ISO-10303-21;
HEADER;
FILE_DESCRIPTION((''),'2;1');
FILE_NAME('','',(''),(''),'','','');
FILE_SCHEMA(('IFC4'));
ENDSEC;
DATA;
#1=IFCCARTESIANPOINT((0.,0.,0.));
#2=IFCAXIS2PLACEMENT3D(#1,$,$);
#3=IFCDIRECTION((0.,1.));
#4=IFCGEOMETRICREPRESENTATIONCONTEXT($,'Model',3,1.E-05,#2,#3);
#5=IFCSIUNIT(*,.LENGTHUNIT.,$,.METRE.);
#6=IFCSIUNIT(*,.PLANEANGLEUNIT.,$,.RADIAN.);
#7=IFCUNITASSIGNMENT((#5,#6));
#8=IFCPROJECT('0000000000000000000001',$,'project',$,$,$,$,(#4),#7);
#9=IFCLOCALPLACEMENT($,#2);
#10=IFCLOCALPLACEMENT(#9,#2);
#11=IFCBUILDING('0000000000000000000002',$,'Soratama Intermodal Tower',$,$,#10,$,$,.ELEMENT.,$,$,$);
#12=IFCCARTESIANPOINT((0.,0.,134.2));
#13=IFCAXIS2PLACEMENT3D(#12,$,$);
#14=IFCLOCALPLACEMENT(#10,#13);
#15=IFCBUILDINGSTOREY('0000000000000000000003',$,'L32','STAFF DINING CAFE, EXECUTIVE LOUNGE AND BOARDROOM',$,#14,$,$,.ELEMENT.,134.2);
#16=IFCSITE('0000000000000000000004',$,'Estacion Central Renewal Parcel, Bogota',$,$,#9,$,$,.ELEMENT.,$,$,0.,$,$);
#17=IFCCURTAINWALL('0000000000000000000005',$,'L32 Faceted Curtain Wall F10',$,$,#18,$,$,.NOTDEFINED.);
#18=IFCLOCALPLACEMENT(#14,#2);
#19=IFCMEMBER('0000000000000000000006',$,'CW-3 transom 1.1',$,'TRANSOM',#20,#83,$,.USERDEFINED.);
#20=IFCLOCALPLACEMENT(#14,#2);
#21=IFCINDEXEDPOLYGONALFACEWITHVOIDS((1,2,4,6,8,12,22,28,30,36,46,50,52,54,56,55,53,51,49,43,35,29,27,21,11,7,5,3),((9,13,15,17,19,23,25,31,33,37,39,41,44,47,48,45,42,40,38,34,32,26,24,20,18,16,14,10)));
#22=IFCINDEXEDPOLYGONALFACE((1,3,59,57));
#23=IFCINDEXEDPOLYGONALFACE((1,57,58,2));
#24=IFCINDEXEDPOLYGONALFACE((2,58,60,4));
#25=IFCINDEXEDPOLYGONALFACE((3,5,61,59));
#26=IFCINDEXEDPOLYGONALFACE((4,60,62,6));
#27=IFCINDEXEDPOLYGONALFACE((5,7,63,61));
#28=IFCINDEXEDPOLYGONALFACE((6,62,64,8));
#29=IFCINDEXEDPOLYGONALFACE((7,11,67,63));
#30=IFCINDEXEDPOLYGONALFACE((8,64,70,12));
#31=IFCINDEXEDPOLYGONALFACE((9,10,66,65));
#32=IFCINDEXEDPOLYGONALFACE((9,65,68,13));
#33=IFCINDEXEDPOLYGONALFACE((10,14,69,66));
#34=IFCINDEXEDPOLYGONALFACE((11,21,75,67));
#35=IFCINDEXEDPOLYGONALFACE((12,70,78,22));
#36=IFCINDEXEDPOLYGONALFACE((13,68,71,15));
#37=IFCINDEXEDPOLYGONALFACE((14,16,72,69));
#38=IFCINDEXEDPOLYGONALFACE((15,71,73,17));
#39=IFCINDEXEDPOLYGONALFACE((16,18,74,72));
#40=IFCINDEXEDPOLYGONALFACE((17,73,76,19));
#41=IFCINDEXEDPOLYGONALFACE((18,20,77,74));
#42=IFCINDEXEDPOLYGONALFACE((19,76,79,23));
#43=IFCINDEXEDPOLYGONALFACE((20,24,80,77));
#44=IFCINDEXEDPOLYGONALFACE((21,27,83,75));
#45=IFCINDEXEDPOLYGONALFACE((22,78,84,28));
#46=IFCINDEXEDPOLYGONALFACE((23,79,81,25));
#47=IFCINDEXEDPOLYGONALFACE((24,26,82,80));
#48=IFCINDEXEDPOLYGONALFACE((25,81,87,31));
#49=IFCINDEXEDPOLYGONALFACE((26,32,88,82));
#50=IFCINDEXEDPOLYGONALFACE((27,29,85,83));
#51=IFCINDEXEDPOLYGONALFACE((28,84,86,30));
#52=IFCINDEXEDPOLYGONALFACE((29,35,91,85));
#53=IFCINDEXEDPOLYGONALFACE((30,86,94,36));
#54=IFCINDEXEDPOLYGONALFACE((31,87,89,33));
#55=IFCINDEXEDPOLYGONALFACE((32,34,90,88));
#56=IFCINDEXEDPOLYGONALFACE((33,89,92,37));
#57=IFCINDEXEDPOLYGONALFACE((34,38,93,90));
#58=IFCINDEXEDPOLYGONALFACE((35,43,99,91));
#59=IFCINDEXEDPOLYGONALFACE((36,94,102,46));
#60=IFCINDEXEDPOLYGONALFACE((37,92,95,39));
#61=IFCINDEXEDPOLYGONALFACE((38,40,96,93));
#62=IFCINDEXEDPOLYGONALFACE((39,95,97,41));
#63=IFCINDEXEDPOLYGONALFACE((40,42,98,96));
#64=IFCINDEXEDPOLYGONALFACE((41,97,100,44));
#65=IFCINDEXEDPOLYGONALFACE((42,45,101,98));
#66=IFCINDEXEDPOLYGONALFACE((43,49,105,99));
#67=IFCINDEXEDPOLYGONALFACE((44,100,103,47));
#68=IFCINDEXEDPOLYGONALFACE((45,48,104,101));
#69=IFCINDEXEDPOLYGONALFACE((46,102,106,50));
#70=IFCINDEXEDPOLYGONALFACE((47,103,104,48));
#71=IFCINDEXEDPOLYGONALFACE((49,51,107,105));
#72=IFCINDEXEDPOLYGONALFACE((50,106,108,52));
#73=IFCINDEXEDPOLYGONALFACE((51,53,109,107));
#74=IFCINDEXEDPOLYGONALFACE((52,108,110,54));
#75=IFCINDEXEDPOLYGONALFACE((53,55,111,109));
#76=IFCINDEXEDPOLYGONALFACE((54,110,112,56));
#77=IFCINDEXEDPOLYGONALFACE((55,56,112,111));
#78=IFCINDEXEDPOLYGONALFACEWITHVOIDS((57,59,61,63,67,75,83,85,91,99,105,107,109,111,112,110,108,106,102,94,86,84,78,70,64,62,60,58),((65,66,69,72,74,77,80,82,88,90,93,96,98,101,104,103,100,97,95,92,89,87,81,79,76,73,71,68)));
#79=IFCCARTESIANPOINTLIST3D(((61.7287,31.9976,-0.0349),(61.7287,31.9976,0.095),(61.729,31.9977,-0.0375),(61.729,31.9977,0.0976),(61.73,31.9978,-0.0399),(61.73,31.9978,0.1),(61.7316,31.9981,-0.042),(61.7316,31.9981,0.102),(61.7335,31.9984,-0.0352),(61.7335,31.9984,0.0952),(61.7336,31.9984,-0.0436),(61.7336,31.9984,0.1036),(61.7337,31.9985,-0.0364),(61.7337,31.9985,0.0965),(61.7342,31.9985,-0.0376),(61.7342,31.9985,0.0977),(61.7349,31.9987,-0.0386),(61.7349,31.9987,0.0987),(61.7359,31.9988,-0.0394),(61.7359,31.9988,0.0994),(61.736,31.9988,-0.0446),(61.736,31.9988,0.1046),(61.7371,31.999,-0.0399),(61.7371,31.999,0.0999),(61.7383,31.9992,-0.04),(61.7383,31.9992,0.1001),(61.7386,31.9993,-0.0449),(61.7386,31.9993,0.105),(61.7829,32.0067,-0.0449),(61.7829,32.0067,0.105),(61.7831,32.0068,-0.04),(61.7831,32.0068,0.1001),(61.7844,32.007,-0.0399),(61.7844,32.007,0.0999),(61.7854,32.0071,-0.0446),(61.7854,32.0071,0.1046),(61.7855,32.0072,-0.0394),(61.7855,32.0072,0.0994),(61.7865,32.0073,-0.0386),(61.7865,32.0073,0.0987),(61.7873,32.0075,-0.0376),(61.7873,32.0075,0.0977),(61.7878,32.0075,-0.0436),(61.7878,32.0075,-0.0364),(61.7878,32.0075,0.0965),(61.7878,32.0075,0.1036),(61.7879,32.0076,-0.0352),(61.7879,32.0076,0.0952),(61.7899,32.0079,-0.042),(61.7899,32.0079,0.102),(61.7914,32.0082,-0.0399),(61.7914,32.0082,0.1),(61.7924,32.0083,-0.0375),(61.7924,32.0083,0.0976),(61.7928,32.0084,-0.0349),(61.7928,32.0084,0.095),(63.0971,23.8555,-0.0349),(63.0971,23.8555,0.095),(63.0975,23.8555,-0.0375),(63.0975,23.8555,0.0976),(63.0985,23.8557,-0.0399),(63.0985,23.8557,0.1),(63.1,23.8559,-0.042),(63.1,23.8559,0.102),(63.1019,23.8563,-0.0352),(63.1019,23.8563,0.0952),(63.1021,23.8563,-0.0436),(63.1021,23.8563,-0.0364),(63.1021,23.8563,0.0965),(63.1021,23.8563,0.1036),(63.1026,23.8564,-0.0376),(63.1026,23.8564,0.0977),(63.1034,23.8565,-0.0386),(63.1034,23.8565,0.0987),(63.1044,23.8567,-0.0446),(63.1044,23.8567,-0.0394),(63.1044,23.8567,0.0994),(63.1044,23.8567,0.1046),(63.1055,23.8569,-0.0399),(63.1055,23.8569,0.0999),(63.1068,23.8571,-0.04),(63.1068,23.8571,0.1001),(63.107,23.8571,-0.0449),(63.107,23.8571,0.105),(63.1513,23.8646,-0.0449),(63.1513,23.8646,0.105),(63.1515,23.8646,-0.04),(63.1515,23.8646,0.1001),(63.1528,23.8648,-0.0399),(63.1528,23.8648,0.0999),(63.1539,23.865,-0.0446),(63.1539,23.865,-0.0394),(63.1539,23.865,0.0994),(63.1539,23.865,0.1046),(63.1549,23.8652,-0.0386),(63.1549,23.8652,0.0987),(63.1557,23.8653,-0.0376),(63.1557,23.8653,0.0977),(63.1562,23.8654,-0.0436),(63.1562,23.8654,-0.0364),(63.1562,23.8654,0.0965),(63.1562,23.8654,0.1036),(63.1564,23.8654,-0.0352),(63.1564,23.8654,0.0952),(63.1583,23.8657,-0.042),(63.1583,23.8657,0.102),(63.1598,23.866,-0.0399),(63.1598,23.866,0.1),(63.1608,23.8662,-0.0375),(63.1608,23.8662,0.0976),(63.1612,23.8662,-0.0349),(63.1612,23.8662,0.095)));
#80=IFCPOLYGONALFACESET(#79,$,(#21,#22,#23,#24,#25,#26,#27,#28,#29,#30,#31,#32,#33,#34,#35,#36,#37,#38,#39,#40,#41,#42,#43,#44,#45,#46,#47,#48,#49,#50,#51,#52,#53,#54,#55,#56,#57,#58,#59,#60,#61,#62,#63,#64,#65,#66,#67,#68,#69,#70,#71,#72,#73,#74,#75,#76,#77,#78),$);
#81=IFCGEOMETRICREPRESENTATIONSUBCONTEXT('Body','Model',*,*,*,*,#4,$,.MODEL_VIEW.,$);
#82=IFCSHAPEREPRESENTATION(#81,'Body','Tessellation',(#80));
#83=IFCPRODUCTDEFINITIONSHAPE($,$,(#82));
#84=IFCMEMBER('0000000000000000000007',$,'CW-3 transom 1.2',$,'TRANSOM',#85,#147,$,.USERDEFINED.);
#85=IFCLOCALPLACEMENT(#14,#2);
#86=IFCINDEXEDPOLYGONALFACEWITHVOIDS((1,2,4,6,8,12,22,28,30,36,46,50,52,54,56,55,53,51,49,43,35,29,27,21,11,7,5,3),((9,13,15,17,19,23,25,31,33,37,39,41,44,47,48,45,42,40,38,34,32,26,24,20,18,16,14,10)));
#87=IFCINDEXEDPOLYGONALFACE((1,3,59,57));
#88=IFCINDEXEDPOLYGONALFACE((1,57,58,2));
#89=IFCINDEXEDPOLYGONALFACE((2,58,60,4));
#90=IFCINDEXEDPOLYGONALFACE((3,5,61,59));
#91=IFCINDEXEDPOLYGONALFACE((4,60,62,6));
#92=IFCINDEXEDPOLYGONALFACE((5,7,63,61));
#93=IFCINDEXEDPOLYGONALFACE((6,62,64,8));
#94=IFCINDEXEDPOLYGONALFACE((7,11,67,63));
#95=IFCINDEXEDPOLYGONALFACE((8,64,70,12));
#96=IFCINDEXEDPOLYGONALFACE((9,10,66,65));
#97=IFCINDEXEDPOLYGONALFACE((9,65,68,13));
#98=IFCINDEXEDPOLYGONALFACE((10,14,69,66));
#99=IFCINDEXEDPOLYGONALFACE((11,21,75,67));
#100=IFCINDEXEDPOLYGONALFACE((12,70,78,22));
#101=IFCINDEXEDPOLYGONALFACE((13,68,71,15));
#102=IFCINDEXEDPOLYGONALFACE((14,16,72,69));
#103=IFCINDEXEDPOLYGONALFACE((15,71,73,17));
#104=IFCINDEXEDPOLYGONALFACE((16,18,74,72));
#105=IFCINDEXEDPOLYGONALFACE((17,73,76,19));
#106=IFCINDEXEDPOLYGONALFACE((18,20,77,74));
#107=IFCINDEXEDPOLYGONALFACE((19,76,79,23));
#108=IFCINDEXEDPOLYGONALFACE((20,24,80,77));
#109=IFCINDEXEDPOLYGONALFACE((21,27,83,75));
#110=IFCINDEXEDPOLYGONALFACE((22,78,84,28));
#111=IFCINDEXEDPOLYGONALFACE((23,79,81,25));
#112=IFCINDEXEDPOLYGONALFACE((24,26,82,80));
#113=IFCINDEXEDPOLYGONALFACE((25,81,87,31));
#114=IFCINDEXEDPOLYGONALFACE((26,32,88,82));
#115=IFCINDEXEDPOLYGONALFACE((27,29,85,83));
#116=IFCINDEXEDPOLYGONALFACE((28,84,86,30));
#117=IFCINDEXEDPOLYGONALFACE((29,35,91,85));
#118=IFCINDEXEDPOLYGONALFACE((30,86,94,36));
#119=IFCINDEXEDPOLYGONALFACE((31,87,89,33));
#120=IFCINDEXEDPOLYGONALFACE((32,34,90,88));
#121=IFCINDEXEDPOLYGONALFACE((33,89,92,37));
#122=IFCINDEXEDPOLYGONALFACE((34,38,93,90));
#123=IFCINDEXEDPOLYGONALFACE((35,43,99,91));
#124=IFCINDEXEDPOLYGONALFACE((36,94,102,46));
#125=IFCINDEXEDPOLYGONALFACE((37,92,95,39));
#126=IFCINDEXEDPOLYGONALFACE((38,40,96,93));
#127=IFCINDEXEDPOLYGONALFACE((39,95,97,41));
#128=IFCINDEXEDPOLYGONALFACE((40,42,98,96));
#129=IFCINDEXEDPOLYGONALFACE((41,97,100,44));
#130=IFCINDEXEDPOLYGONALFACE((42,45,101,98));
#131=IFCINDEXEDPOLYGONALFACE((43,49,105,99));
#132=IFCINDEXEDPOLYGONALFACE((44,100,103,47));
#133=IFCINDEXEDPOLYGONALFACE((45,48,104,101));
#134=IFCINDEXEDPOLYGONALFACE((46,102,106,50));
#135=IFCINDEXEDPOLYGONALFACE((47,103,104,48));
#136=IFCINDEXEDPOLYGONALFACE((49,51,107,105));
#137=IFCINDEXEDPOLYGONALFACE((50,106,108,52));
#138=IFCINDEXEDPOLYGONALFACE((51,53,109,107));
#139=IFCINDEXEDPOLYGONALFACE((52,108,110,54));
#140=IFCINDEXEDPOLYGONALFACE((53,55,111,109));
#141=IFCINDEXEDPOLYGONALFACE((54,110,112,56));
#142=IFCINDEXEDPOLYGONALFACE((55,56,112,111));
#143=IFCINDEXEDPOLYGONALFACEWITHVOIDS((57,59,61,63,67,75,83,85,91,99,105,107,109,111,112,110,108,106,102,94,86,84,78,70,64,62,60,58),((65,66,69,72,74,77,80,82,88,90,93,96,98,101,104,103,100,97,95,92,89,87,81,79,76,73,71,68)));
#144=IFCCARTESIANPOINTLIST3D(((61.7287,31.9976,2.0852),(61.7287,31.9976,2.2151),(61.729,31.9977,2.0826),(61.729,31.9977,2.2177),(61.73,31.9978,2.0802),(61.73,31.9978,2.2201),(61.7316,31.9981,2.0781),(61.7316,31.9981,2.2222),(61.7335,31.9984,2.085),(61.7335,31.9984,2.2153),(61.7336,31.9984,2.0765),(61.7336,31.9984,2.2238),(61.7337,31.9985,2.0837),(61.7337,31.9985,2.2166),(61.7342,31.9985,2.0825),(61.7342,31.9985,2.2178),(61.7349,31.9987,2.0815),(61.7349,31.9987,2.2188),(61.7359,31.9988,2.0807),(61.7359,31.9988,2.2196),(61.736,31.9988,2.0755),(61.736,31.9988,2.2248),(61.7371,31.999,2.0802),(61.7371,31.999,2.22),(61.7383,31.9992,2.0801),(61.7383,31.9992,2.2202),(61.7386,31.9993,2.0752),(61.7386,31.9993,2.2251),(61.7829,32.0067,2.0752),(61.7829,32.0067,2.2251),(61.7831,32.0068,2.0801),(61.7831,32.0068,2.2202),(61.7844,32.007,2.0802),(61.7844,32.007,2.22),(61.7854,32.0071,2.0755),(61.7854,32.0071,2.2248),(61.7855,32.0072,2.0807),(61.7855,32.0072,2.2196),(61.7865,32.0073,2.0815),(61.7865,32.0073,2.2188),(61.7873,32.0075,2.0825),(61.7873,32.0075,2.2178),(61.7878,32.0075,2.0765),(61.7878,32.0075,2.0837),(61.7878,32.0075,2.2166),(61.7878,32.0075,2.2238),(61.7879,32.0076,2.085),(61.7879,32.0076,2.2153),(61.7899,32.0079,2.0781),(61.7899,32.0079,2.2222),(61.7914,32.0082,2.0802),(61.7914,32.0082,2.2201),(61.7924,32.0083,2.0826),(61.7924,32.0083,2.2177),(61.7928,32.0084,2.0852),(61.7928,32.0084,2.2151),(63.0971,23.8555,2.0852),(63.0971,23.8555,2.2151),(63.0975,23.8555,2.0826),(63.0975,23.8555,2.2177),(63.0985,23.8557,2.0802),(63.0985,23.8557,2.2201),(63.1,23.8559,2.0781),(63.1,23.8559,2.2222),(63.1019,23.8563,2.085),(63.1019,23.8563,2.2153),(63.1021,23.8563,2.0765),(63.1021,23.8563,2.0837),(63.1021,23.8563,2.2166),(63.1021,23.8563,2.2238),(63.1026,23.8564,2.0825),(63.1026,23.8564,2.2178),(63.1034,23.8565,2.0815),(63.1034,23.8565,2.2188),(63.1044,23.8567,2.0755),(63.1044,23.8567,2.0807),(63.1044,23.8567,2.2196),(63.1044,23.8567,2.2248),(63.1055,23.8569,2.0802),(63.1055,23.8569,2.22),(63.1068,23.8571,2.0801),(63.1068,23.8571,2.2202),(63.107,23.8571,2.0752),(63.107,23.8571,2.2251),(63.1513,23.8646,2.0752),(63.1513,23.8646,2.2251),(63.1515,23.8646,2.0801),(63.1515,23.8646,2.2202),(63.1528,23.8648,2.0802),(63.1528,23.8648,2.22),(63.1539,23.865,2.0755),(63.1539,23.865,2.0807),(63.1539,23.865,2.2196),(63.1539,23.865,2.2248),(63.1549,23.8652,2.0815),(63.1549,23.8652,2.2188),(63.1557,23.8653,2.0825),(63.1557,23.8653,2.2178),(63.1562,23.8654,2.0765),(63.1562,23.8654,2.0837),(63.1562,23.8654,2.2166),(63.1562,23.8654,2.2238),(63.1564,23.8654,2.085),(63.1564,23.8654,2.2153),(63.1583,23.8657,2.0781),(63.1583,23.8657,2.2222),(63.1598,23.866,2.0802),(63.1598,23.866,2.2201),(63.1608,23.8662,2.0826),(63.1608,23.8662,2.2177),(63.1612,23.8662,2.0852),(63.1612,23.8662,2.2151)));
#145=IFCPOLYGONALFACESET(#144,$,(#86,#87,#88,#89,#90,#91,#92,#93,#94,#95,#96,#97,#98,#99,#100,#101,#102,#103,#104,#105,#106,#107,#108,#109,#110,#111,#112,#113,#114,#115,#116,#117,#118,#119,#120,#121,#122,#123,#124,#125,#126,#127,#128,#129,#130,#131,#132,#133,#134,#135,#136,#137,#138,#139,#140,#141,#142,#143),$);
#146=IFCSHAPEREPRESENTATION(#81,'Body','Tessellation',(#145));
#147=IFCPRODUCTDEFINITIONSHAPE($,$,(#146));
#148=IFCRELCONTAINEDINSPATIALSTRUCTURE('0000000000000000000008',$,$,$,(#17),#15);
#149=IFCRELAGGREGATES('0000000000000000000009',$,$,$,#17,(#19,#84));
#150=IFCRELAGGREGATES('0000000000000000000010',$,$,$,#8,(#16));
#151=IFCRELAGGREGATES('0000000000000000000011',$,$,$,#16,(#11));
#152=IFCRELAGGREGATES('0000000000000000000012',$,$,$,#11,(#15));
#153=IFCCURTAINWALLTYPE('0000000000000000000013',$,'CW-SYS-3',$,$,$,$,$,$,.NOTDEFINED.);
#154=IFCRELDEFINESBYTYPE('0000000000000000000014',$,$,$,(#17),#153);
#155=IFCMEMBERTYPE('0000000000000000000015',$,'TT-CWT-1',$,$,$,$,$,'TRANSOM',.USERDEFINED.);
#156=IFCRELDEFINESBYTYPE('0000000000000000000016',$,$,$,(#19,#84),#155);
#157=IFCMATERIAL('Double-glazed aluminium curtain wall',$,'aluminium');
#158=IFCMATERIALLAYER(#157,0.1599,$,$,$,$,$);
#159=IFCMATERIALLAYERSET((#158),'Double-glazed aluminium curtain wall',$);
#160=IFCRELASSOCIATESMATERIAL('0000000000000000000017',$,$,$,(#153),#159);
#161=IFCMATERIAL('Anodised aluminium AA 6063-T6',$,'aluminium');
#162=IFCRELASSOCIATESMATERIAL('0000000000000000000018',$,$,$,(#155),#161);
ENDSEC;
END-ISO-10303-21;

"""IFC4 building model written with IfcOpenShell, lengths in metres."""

from ifc_helpers import new_model, si_unit, direction, frame, origin, origin_2d, place, context, subcontext, project, spatial, hollow_rectangle, extrude, material, layer, layer_set, material_profile, profile_set, type_object, element, aggregate, save


model = new_model("IFC4")

# Units and contexts
model_context = context("Model", 3, precision=1e-05, world=origin(), true_north=direction((0.0, 1.0)))
body_context = subcontext(model_context, "Body", "Model", "MODEL_VIEW")
ifc_project = project(units=[si_unit("LENGTHUNIT", "METRE"), si_unit("PLANEANGLEUNIT", "RADIAN")], contexts=[model_context])

# Site, building, storey
site_placement = place(None, origin())
site = spatial("IfcSite", under=ifc_project, at=site_placement, Name="Estacion Central Renewal Parcel, Bogota", CompositionType="ELEMENT", RefElevation=0.0)
building_placement = place(site_placement, origin())
building = spatial("IfcBuilding", under=site, at=building_placement, Name="Soratama Intermodal Tower", CompositionType="ELEMENT")
storey_placement = place(building_placement, frame((0.0, 0.0, 134.2)))
storey = spatial("IfcBuildingStorey", under=building, at=storey_placement, Name="L32", Description="STAFF DINING CAFE, EXECUTIVE LOUNGE AND BOARDROOM", CompositionType="ELEMENT", Elevation=134.2)

# Shared definitions
ifc_material_1 = material(Name="Double-glazed aluminium curtain wall", Category="aluminium")
ifc_layer_1 = layer(ifc_material_1, 0.1599)
ifc_layer_set_1 = layer_set([ifc_layer_1], Name="Double-glazed aluminium curtain wall")
curtain_wall_type = type_object("IfcCurtainWallType", Name="CW-SYS-3", PredefinedType="NOTDEFINED", material=ifc_layer_set_1)

# Curtain wall, members
curtain_wall_1_placement = place(storey_placement, origin())
curtain_wall_1 = element("IfcCurtainWall", 1, at=curtain_wall_1_placement, inside=storey, type_object=curtain_wall_type, Name="L32 Faceted Curtain Wall F10", PredefinedType="NOTDEFINED")
ifc_material_2 = material(Name="Anodised aluminium AA 6063-T6", Category="aluminium")
ifc_material_profile_1 = material_profile(ifc_material_2, hollow_rectangle(XDim=0.0649, YDim=0.1499, WallThickness=0.0049, InnerFilletRadius=0.0049, OuterFilletRadius=0.01, at=origin_2d()), Name="CWT150X65X5")
ifc_profile_set_1 = profile_set([ifc_material_profile_1], Name="Anodised aluminium AA 6063-T6")
member_type_1 = type_object("IfcMemberType", Name="TT-CWT-1", ElementType="TRANSOM", PredefinedType="USERDEFINED", material=ifc_profile_set_1)
member_1_placement = place(storey_placement, frame((63.1292, 23.8608, 0.03), z_axis=(-0.165741, 0.986169, 0.0), x_axis=(-0.986169, -0.165741, 0.0)))
member_1 = element("IfcMember", 2, at=member_1_placement, type_object=member_type_1, Name="CW-3 transom 1.1", ObjectType="TRANSOM", PredefinedType="USERDEFINED", context=body_context, shape_type="SweptSolid", body=[
    extrude(hollow_rectangle(XDim=0.0649, YDim=0.1499, WallThickness=0.0049, InnerFilletRadius=0.0049, OuterFilletRadius=0.01, at=origin_2d()), origin(), (0.0, 0.0, 1.0), 8.2563),
])
member_2_placement = place(storey_placement, frame((63.1292, 23.8608, 2.1501), z_axis=(-0.165741, 0.986169, 0.0), x_axis=(-0.986169, -0.165741, 0.0)))
member_2 = element("IfcMember", 3, at=member_2_placement, type_object=member_type_1, Name="CW-3 transom 1.2", ObjectType="TRANSOM", PredefinedType="USERDEFINED", context=body_context, shape_type="SweptSolid", body=[
    extrude(hollow_rectangle(XDim=0.0649, YDim=0.1499, WallThickness=0.0049, InnerFilletRadius=0.0049, OuterFilletRadius=0.01, at=origin_2d()), origin(), (0.0, 0.0, 1.0), 8.2563),
])
aggregate(curtain_wall_1, [member_1, member_2])

save(model, "model.ifc")
